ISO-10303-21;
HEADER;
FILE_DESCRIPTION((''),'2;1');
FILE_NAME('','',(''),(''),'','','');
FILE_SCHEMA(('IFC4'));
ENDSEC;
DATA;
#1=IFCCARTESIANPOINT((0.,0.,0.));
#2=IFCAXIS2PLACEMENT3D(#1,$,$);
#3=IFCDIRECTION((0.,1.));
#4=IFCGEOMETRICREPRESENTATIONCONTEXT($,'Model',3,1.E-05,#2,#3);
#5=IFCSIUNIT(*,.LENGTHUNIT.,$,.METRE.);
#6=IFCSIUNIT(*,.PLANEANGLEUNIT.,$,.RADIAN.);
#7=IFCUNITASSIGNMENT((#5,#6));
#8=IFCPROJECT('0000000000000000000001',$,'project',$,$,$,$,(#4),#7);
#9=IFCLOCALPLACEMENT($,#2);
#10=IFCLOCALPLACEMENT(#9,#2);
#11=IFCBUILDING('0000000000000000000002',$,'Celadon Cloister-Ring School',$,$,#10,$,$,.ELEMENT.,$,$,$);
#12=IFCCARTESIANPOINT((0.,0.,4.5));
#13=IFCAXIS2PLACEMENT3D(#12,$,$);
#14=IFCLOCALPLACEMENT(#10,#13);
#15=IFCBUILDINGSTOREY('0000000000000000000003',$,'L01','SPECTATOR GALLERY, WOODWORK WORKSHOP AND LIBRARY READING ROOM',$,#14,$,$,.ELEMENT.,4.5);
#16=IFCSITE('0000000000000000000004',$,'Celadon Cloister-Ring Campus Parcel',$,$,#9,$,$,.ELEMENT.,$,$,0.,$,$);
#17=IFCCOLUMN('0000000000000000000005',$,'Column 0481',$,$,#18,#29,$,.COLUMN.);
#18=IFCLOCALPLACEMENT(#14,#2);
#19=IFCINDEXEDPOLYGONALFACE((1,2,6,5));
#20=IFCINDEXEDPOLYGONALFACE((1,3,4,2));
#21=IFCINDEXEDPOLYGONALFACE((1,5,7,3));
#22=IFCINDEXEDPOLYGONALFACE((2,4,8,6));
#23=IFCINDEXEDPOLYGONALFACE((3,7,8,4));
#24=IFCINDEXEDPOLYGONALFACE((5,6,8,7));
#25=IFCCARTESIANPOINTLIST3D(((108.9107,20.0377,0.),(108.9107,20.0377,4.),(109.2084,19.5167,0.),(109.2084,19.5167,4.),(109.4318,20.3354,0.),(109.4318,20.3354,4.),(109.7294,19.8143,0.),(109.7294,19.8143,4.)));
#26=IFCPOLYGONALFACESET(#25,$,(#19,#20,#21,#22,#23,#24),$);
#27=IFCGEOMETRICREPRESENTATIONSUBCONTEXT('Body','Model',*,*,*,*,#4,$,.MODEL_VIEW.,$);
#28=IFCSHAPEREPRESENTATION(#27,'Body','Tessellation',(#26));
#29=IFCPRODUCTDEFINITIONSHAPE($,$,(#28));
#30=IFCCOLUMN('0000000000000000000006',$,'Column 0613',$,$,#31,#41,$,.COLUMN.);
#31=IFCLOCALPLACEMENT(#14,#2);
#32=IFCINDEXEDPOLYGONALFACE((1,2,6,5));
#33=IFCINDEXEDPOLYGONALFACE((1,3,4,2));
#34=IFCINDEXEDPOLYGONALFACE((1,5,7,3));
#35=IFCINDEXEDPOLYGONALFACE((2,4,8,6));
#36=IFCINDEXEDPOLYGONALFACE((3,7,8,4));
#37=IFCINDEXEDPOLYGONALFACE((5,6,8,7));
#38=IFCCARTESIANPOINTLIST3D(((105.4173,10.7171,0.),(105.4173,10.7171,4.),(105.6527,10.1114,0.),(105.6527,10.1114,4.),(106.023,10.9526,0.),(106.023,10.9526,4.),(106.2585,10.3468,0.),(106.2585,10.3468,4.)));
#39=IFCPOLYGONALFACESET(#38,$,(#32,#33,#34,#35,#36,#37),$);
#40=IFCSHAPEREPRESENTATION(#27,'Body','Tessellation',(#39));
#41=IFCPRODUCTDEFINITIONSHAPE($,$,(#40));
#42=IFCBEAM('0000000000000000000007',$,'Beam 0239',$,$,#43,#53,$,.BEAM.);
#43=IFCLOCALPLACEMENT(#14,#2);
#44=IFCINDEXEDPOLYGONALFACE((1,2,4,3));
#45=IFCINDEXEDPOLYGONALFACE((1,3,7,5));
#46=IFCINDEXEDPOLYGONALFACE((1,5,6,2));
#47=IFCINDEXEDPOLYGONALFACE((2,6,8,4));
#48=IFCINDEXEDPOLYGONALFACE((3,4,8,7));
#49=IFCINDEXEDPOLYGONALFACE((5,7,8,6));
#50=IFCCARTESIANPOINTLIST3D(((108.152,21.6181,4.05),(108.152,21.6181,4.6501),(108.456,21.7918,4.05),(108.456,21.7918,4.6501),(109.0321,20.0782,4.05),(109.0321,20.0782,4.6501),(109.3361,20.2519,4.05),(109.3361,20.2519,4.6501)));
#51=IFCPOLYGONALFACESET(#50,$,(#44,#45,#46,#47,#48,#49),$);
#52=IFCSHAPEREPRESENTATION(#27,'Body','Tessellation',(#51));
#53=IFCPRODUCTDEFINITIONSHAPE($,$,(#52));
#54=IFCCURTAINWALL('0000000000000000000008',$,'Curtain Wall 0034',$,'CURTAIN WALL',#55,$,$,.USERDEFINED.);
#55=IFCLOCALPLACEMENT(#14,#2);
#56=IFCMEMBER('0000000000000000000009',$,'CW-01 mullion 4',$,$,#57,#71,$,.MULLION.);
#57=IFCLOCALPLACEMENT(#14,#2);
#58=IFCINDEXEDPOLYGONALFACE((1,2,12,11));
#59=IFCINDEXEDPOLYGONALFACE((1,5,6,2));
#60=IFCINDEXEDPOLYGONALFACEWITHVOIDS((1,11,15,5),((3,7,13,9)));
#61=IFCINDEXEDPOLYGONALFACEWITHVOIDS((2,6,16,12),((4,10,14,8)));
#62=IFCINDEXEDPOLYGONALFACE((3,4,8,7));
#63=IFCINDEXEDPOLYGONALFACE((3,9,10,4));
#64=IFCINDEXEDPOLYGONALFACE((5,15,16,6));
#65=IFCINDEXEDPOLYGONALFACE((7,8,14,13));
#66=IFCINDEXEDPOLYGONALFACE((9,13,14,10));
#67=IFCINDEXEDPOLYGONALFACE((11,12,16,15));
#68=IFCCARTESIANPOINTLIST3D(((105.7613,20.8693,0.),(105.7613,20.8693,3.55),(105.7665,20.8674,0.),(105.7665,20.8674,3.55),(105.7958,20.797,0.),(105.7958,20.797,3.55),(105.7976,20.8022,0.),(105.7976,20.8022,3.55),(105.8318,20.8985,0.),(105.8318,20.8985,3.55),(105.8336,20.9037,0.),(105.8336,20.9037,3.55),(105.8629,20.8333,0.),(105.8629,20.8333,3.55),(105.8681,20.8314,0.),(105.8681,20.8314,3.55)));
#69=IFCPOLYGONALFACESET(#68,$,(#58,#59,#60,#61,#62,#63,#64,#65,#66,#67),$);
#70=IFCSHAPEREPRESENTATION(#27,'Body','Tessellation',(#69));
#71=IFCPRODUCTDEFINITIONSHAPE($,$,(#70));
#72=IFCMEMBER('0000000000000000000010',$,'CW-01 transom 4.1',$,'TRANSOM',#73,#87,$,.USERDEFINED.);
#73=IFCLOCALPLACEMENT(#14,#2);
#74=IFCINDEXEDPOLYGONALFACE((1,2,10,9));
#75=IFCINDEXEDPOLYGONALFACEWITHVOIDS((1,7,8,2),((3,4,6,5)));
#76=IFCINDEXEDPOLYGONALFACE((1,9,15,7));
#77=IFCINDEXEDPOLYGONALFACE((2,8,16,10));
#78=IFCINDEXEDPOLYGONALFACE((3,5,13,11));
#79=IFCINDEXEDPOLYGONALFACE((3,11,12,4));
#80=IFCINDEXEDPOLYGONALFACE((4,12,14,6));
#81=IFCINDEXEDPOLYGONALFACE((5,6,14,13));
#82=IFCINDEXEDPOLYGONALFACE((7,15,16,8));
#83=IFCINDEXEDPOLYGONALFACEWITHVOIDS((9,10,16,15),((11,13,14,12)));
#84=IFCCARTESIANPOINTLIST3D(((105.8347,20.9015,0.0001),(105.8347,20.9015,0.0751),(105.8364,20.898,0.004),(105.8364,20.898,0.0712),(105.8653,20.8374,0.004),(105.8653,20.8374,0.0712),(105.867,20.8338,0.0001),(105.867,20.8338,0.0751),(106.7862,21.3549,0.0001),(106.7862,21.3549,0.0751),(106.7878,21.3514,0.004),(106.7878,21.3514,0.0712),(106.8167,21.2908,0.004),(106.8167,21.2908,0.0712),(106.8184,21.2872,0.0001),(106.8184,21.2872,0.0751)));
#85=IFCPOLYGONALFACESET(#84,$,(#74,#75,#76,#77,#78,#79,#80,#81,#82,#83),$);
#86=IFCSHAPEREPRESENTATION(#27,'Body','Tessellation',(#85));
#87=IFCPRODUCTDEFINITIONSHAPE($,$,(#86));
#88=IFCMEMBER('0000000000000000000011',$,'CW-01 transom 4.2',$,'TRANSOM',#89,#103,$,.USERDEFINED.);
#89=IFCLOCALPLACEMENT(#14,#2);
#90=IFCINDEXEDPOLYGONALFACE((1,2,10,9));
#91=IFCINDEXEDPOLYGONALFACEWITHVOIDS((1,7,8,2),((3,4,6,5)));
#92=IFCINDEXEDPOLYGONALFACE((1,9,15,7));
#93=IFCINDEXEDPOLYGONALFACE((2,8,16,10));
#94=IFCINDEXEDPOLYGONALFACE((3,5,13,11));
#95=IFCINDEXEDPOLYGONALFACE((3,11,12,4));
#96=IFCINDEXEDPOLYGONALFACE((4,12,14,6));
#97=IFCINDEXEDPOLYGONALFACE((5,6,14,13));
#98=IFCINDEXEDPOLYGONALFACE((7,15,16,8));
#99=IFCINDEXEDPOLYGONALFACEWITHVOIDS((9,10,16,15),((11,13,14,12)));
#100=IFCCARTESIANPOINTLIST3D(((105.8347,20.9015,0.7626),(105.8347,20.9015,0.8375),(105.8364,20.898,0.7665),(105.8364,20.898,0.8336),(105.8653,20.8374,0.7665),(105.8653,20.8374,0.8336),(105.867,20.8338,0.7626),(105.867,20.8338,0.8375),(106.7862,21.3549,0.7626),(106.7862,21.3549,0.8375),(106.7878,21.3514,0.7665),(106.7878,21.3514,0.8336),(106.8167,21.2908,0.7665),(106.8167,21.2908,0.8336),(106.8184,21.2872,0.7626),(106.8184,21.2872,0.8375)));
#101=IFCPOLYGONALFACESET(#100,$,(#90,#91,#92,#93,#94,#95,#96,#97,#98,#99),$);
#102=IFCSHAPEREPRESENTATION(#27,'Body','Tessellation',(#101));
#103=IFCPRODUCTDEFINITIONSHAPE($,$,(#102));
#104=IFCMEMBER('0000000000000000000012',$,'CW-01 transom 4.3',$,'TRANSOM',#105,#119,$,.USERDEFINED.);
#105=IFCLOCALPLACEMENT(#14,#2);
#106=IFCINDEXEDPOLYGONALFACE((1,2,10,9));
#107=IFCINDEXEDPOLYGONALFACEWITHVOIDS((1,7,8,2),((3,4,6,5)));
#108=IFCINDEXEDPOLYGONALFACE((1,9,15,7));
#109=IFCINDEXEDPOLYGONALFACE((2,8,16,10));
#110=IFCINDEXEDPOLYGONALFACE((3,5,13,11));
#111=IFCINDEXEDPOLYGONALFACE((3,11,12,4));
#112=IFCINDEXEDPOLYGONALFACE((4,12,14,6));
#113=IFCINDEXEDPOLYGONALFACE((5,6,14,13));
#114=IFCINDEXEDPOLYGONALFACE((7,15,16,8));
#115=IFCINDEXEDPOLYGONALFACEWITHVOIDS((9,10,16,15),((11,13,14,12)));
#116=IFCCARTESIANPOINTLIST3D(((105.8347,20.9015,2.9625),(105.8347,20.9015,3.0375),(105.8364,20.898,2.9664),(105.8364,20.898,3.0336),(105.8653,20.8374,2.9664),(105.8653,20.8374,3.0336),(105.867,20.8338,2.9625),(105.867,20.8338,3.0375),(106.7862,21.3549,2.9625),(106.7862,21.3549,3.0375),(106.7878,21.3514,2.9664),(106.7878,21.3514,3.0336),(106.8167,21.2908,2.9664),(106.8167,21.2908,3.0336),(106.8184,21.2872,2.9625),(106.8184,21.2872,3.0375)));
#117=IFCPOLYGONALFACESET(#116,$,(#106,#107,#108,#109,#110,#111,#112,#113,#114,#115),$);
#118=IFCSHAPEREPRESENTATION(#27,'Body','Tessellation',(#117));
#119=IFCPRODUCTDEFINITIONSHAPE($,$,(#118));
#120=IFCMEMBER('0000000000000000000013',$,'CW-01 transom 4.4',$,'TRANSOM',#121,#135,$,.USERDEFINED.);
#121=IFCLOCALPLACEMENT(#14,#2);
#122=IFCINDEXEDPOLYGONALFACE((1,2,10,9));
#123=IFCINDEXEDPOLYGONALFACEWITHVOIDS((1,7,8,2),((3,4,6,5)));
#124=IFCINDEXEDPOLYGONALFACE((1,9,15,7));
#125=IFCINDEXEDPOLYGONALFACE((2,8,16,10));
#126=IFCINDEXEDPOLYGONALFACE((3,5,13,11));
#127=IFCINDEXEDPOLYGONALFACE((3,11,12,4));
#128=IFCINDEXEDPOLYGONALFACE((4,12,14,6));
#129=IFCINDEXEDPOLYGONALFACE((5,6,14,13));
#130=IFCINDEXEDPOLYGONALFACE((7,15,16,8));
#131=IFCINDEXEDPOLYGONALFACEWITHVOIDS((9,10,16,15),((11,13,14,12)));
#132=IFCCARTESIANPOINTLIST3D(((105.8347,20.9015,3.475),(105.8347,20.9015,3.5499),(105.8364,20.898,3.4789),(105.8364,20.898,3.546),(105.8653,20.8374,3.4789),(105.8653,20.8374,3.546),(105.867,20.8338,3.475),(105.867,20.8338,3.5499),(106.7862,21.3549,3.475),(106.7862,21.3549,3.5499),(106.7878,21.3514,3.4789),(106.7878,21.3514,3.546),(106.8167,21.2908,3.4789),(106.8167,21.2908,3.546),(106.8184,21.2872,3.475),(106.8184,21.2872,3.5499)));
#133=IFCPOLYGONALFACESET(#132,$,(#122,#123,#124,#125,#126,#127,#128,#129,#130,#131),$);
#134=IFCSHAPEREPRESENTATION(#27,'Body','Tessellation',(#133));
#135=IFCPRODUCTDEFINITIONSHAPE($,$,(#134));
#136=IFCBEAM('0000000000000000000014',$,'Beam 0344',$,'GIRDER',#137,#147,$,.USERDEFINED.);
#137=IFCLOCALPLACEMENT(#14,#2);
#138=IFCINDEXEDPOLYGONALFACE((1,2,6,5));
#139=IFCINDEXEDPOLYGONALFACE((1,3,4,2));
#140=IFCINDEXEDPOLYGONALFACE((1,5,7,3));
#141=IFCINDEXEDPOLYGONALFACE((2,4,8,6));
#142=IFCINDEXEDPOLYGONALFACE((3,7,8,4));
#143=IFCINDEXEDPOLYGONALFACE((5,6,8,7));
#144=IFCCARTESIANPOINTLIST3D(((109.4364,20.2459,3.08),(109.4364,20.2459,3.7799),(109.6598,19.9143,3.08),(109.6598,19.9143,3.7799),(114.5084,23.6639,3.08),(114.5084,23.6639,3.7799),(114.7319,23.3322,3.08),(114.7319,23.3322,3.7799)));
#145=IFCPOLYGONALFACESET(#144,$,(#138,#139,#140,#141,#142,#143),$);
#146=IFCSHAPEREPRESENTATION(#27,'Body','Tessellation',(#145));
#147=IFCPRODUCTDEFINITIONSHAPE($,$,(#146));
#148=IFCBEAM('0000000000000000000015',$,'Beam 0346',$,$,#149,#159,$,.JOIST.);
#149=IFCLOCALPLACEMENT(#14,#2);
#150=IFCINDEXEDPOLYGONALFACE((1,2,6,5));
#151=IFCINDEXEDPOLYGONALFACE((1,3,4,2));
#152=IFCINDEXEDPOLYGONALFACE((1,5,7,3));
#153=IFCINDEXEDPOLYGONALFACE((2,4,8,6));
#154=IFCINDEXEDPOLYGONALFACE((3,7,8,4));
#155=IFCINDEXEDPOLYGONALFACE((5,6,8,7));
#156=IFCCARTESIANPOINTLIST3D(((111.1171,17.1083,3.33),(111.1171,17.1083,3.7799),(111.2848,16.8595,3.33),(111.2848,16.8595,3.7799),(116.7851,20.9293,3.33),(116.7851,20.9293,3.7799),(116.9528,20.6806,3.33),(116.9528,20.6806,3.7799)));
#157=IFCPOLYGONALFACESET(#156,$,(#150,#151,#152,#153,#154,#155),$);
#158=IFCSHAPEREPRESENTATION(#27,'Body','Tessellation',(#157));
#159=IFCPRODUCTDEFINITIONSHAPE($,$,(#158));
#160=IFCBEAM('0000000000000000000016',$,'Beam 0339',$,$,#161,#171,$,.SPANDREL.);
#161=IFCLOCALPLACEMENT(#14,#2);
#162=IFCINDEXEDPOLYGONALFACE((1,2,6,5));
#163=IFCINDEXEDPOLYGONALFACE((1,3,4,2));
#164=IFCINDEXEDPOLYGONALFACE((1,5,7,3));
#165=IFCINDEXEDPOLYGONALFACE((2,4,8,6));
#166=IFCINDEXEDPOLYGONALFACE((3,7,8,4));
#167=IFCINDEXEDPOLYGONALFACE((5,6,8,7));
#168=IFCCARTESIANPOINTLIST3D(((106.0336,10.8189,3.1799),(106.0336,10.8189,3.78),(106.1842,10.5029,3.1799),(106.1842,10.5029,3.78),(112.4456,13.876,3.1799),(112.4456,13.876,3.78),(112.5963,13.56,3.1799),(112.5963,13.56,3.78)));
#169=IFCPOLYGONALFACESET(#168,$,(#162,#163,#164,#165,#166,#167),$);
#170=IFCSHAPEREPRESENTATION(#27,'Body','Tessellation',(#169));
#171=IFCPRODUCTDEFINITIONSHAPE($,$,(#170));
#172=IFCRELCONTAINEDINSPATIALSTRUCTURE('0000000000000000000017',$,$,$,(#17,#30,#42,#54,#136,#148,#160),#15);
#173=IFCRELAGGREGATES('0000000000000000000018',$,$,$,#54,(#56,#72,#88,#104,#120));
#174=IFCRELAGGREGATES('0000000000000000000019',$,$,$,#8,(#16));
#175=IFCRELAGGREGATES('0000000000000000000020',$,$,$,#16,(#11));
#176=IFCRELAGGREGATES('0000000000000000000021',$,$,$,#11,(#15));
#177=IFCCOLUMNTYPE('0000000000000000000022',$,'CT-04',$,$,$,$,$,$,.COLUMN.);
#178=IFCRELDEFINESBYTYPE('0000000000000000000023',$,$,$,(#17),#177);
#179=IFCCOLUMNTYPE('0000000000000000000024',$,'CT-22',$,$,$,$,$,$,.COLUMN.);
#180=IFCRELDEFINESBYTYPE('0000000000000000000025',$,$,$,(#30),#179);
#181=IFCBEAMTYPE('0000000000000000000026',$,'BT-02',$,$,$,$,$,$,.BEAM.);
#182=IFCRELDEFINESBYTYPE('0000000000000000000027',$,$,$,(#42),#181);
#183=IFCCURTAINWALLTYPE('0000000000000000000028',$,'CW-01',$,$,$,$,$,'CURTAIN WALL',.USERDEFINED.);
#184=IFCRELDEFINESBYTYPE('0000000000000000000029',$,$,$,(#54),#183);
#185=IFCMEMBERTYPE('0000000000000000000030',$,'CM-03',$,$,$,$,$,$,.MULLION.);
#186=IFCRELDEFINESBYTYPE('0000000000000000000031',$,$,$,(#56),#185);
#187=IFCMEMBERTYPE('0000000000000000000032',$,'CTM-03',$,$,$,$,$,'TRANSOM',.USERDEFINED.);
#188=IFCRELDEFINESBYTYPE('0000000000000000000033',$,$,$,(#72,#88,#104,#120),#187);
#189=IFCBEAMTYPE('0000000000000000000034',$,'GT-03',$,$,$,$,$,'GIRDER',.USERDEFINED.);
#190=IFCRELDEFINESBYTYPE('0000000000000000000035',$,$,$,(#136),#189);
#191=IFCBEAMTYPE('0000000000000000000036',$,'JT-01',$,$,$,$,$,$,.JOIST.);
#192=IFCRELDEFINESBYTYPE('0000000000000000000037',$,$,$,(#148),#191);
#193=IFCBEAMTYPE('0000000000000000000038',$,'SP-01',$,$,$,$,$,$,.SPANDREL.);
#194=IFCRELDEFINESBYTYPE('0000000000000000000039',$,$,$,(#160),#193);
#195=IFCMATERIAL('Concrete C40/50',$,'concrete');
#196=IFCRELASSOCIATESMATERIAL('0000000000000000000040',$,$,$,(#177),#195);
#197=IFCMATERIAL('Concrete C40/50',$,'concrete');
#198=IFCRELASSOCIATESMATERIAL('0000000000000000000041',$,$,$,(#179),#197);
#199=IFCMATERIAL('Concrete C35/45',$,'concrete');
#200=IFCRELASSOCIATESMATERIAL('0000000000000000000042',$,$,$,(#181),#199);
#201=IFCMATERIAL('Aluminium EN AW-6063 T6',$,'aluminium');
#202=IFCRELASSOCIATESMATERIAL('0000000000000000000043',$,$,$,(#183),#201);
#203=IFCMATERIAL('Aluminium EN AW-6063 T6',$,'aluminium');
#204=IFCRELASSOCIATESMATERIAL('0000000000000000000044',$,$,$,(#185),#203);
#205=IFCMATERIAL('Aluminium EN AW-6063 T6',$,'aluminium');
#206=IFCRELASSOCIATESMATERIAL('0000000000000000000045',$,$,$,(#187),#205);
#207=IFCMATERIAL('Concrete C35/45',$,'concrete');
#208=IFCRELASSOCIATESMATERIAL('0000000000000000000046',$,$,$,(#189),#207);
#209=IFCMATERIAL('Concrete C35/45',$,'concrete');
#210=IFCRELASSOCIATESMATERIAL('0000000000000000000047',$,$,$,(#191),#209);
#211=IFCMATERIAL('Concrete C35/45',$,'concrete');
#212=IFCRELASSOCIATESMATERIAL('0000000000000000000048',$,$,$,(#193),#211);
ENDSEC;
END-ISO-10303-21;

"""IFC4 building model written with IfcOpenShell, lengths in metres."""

from ifc_helpers import new_model, si_unit, direction, frame, origin, origin_2d, place, context, subcontext, project, spatial, rectangle, hollow_rectangle, extrude, material, material_profile, profile_set, type_object, element, aggregate, save


model = new_model("IFC4")

# Units and contexts
model_context = context("Model", 3, precision=1e-05, world=origin(), true_north=direction((0.0, 1.0)))
body_context = subcontext(model_context, "Body", "Model", "MODEL_VIEW")
ifc_project = project(units=[si_unit("LENGTHUNIT", "METRE"), si_unit("PLANEANGLEUNIT", "RADIAN")], contexts=[model_context])

# Site, building, storey
site_placement = place(None, origin())
site = spatial("IfcSite", under=ifc_project, at=site_placement, Name="Celadon Cloister-Ring Campus Parcel", CompositionType="ELEMENT", RefElevation=0.0)
building_placement = place(site_placement, origin())
building = spatial("IfcBuilding", under=site, at=building_placement, Name="Celadon Cloister-Ring School", CompositionType="ELEMENT")
storey_placement = place(building_placement, frame((0.0, 0.0, 4.5)))
storey = spatial("IfcBuildingStorey", under=building, at=storey_placement, Name="L01", Description="SPECTATOR GALLERY, WOODWORK WORKSHOP AND LIBRARY READING ROOM", CompositionType="ELEMENT", Elevation=4.5)

# Columns
ifc_material_1 = material(Name="Concrete C40/50", Category="concrete")
ifc_material_profile_1 = material_profile(ifc_material_1, rectangle(XDim=0.6001, YDim=0.6001, at=origin_2d()), Name="RC600X600")
ifc_profile_set_1 = profile_set([ifc_material_profile_1], Name="Concrete C40/50")
column_type_1 = type_object("IfcColumnType", Name="CT-04", PredefinedType="COLUMN", material=ifc_profile_set_1)
column_1_placement = place(storey_placement, frame((109.3201, 19.926, 0.0), z_axis=(0.0, 0.0, 1.0), x_axis=(0.496004, -0.86832, 0.0)))
element("IfcColumn", 1, at=column_1_placement, inside=storey, type_object=column_type_1, Name="Column 0481", PredefinedType="COLUMN", context=body_context, shape_type="SweptSolid", body=[
    extrude(rectangle(XDim=0.6001, YDim=0.6001, at=origin_2d()), origin(), (0.0, 0.0, 1.0), 4.0),
])
ifc_material_2 = material(Name="Concrete C40/50", Category="concrete")
ifc_material_profile_2 = material_profile(ifc_material_2, rectangle(XDim=0.6499, YDim=0.6499, at=origin_2d()), Name="RC650X650")
ifc_profile_set_2 = profile_set([ifc_material_profile_2], Name="Concrete C40/50")
column_type_2 = type_object("IfcColumnType", Name="CT-22", PredefinedType="COLUMN", material=ifc_profile_set_2)
column_2_placement = place(storey_placement, frame((105.8379, 10.532, 0.0), z_axis=(0.0, 0.0, 1.0), x_axis=(0.362275, -0.932071, 0.0)))
element("IfcColumn", 2, at=column_2_placement, inside=storey, type_object=column_type_2, Name="Column 0613", PredefinedType="COLUMN", context=body_context, shape_type="SweptSolid", body=[
    extrude(rectangle(XDim=0.6499, YDim=0.6499, at=origin_2d()), origin(), (0.0, 0.0, 1.0), 4.0),
])

# Beam
ifc_material_3 = material(Name="Concrete C35/45", Category="concrete")
ifc_material_profile_3 = material_profile(ifc_material_3, rectangle(XDim=0.3501, YDim=0.6001, at=origin_2d()), Name="RC350X600")
ifc_profile_set_3 = profile_set([ifc_material_profile_3], Name="Concrete C35/45")
beam_type_1 = type_object("IfcBeamType", Name="BT-02", PredefinedType="BEAM", material=ifc_profile_set_3)
beam_1_placement = place(storey_placement, frame((109.1841, 20.165, 4.3501), z_axis=(-0.496183, 0.868218, 0.0), x_axis=(-0.868218, -0.496183, 0.0)))
element("IfcBeam", 3, at=beam_1_placement, inside=storey, type_object=beam_type_1, Name="Beam 0239", PredefinedType="BEAM", context=body_context, shape_type="SweptSolid", body=[
    extrude(rectangle(XDim=0.3501, YDim=0.6001, at=origin_2d()), origin(), (0.0, 0.0, 1.0), 1.7737),
])

# Curtain wall, members
ifc_material_4 = material(Name="Aluminium EN AW-6063 T6", Category="aluminium")
curtain_wall_type = type_object("IfcCurtainWallType", Name="CW-01", ElementType="CURTAIN WALL", PredefinedType="USERDEFINED", material=ifc_material_4)
curtain_wall_placement = place(storey_placement, origin())
curtain_wall = element("IfcCurtainWall", 4, at=curtain_wall_placement, inside=storey, type_object=curtain_wall_type, Name="Curtain Wall 0034", ObjectType="CURTAIN WALL", PredefinedType="USERDEFINED")
ifc_material_5 = material(Name="Aluminium EN AW-6063 T6", Category="aluminium")
ifc_material_profile_4 = material_profile(ifc_material_5, hollow_rectangle(XDim=0.0801, YDim=0.0801, WallThickness=0.0039, at=origin_2d()), Name="RHS80X80X4")
ifc_profile_set_4 = profile_set([ifc_material_profile_4], Name="Aluminium EN AW-6063 T6")
member_type_1 = type_object("IfcMemberType", Name="CM-03", PredefinedType="MULLION", material=ifc_profile_set_4)
member_1_placement = place(storey_placement, frame((105.8147, 20.8503, 0.0), z_axis=(0.0, 0.0, 1.0), x_axis=(-0.430201, 0.902733, 0.0)))
member_1 = element("IfcMember", 5, at=member_1_placement, type_object=member_type_1, Name="CW-01 mullion 4", PredefinedType="MULLION", context=body_context, shape_type="SweptSolid", body=[
    extrude(hollow_rectangle(XDim=0.0801, YDim=0.0801, WallThickness=0.0039, at=origin_2d()), origin(), (0.0, 0.0, 1.0), 3.55),
])
ifc_material_6 = material(Name="Aluminium EN AW-6063 T6", Category="aluminium")
ifc_material_profile_5 = material_profile(ifc_material_6, hollow_rectangle(XDim=0.075, YDim=0.075, WallThickness=0.0039, at=origin_2d()), Name="RHS75X75X4")
ifc_profile_set_5 = profile_set([ifc_material_profile_5], Name="Aluminium EN AW-6063 T6")
member_type_2 = type_object("IfcMemberType", Name="CTM-03", ElementType="TRANSOM", PredefinedType="USERDEFINED", material=ifc_profile_set_5)
member_2_placement = place(storey_placement, frame((105.8508, 20.8677, 0.0376), z_axis=(0.902745, 0.430176, 0.0), x_axis=(-0.430176, 0.902745, 0.0)))
member_2 = element("IfcMember", 6, at=member_2_placement, type_object=member_type_2, Name="CW-01 transom 4.1", ObjectType="TRANSOM", PredefinedType="USERDEFINED", context=body_context, shape_type="SweptSolid", body=[
    extrude(hollow_rectangle(XDim=0.075, YDim=0.075, WallThickness=0.0039, at=origin_2d()), origin(), (0.0, 0.0, 1.0), 1.054),
])
member_3_placement = place(storey_placement, frame((105.8508, 20.8677, 0.8), z_axis=(0.902745, 0.430176, 0.0), x_axis=(-0.430176, 0.902745, 0.0)))
member_3 = element("IfcMember", 7, at=member_3_placement, type_object=member_type_2, Name="CW-01 transom 4.2", ObjectType="TRANSOM", PredefinedType="USERDEFINED", context=body_context, shape_type="SweptSolid", body=[
    extrude(hollow_rectangle(XDim=0.075, YDim=0.075, WallThickness=0.0039, at=origin_2d()), origin(), (0.0, 0.0, 1.0), 1.054),
])
member_4_placement = place(storey_placement, frame((105.8508, 20.8677, 3.0), z_axis=(0.902745, 0.430176, 0.0), x_axis=(-0.430176, 0.902745, 0.0)))
member_4 = element("IfcMember", 8, at=member_4_placement, type_object=member_type_2, Name="CW-01 transom 4.3", ObjectType="TRANSOM", PredefinedType="USERDEFINED", context=body_context, shape_type="SweptSolid", body=[
    extrude(hollow_rectangle(XDim=0.075, YDim=0.075, WallThickness=0.0039, at=origin_2d()), origin(), (0.0, 0.0, 1.0), 1.054),
])
member_5_placement = place(storey_placement, frame((105.8508, 20.8677, 3.5125), z_axis=(0.902745, 0.430176, 0.0), x_axis=(-0.430176, 0.902745, 0.0)))
member_5 = element("IfcMember", 9, at=member_5_placement, type_object=member_type_2, Name="CW-01 transom 4.4", ObjectType="TRANSOM", PredefinedType="USERDEFINED", context=body_context, shape_type="SweptSolid", body=[
    extrude(hollow_rectangle(XDim=0.075, YDim=0.075, WallThickness=0.0039, at=origin_2d()), origin(), (0.0, 0.0, 1.0), 1.054),
])

# Beams
ifc_material_7 = material(Name="Concrete C35/45", Category="concrete")
ifc_material_profile_6 = material_profile(ifc_material_7, rectangle(XDim=0.3999, YDim=0.7, at=origin_2d()), Name="RC400X700")
ifc_profile_set_6 = profile_set([ifc_material_profile_6], Name="Concrete C35/45")
beam_type_2 = type_object("IfcBeamType", Name="GT-03", ElementType="GIRDER", PredefinedType="USERDEFINED", material=ifc_profile_set_6)
beam_2_placement = place(storey_placement, frame((109.5481, 20.0801, 3.4299), z_axis=(0.829276, 0.558839, 0.0), x_axis=(-0.558839, 0.829276, 0.0)))
element("IfcBeam", 10, at=beam_2_placement, inside=storey, type_object=beam_type_2, Name="Beam 0344", ObjectType="GIRDER", PredefinedType="USERDEFINED", context=body_context, shape_type="SweptSolid", body=[
    extrude(rectangle(XDim=0.3999, YDim=0.7, at=origin_2d()), origin(), (0.0, 0.0, 1.0), 6.1162),
])
ifc_material_8 = material(Name="Concrete C35/45", Category="concrete")
ifc_material_profile_7 = material_profile(ifc_material_8, rectangle(XDim=0.3, YDim=0.45, at=origin_2d()), Name="RC300X450")
ifc_profile_set_7 = profile_set([ifc_material_profile_7], Name="Concrete C35/45")
beam_type_3 = type_object("IfcBeamType", Name="JT-01", PredefinedType="JOIST", material=ifc_profile_set_7)
beam_3_placement = place(storey_placement, frame((111.2009, 16.9839, 3.5549), z_axis=(0.829176, 0.558987, 0.0), x_axis=(-0.558987, 0.829176, 0.0)))
element("IfcBeam", 11, at=beam_3_placement, inside=storey, type_object=beam_type_3, Name="Beam 0346", PredefinedType="JOIST", context=body_context, shape_type="SweptSolid", body=[
    extrude(rectangle(XDim=0.3, YDim=0.45, at=origin_2d()), origin(), (0.0, 0.0, 1.0), 6.8357),
])
ifc_material_9 = material(Name="Concrete C35/45", Category="concrete")
ifc_material_profile_8 = material_profile(ifc_material_9, rectangle(XDim=0.3501, YDim=0.6001, at=origin_2d()), Name="RC350X600")
ifc_profile_set_8 = profile_set([ifc_material_profile_8], Name="Concrete C35/45")
beam_type_4 = type_object("IfcBeamType", Name="SP-01", PredefinedType="SPANDREL", material=ifc_profile_set_8)
beam_4_placement = place(storey_placement, frame((106.1089, 10.6609, 3.48), z_axis=(0.902656, 0.430363, 0.0), x_axis=(-0.430363, 0.902656, 0.0)))
element("IfcBeam", 12, at=beam_4_placement, inside=storey, type_object=beam_type_4, Name="Beam 0339", PredefinedType="SPANDREL", context=body_context, shape_type="SweptSolid", body=[
    extrude(rectangle(XDim=0.3501, YDim=0.6001, at=origin_2d()), origin(), (0.0, 0.0, 1.0), 7.1035),
])

aggregate(curtain_wall, [member_1, member_2, member_3, member_4, member_5])

save(model, "model.ifc")
